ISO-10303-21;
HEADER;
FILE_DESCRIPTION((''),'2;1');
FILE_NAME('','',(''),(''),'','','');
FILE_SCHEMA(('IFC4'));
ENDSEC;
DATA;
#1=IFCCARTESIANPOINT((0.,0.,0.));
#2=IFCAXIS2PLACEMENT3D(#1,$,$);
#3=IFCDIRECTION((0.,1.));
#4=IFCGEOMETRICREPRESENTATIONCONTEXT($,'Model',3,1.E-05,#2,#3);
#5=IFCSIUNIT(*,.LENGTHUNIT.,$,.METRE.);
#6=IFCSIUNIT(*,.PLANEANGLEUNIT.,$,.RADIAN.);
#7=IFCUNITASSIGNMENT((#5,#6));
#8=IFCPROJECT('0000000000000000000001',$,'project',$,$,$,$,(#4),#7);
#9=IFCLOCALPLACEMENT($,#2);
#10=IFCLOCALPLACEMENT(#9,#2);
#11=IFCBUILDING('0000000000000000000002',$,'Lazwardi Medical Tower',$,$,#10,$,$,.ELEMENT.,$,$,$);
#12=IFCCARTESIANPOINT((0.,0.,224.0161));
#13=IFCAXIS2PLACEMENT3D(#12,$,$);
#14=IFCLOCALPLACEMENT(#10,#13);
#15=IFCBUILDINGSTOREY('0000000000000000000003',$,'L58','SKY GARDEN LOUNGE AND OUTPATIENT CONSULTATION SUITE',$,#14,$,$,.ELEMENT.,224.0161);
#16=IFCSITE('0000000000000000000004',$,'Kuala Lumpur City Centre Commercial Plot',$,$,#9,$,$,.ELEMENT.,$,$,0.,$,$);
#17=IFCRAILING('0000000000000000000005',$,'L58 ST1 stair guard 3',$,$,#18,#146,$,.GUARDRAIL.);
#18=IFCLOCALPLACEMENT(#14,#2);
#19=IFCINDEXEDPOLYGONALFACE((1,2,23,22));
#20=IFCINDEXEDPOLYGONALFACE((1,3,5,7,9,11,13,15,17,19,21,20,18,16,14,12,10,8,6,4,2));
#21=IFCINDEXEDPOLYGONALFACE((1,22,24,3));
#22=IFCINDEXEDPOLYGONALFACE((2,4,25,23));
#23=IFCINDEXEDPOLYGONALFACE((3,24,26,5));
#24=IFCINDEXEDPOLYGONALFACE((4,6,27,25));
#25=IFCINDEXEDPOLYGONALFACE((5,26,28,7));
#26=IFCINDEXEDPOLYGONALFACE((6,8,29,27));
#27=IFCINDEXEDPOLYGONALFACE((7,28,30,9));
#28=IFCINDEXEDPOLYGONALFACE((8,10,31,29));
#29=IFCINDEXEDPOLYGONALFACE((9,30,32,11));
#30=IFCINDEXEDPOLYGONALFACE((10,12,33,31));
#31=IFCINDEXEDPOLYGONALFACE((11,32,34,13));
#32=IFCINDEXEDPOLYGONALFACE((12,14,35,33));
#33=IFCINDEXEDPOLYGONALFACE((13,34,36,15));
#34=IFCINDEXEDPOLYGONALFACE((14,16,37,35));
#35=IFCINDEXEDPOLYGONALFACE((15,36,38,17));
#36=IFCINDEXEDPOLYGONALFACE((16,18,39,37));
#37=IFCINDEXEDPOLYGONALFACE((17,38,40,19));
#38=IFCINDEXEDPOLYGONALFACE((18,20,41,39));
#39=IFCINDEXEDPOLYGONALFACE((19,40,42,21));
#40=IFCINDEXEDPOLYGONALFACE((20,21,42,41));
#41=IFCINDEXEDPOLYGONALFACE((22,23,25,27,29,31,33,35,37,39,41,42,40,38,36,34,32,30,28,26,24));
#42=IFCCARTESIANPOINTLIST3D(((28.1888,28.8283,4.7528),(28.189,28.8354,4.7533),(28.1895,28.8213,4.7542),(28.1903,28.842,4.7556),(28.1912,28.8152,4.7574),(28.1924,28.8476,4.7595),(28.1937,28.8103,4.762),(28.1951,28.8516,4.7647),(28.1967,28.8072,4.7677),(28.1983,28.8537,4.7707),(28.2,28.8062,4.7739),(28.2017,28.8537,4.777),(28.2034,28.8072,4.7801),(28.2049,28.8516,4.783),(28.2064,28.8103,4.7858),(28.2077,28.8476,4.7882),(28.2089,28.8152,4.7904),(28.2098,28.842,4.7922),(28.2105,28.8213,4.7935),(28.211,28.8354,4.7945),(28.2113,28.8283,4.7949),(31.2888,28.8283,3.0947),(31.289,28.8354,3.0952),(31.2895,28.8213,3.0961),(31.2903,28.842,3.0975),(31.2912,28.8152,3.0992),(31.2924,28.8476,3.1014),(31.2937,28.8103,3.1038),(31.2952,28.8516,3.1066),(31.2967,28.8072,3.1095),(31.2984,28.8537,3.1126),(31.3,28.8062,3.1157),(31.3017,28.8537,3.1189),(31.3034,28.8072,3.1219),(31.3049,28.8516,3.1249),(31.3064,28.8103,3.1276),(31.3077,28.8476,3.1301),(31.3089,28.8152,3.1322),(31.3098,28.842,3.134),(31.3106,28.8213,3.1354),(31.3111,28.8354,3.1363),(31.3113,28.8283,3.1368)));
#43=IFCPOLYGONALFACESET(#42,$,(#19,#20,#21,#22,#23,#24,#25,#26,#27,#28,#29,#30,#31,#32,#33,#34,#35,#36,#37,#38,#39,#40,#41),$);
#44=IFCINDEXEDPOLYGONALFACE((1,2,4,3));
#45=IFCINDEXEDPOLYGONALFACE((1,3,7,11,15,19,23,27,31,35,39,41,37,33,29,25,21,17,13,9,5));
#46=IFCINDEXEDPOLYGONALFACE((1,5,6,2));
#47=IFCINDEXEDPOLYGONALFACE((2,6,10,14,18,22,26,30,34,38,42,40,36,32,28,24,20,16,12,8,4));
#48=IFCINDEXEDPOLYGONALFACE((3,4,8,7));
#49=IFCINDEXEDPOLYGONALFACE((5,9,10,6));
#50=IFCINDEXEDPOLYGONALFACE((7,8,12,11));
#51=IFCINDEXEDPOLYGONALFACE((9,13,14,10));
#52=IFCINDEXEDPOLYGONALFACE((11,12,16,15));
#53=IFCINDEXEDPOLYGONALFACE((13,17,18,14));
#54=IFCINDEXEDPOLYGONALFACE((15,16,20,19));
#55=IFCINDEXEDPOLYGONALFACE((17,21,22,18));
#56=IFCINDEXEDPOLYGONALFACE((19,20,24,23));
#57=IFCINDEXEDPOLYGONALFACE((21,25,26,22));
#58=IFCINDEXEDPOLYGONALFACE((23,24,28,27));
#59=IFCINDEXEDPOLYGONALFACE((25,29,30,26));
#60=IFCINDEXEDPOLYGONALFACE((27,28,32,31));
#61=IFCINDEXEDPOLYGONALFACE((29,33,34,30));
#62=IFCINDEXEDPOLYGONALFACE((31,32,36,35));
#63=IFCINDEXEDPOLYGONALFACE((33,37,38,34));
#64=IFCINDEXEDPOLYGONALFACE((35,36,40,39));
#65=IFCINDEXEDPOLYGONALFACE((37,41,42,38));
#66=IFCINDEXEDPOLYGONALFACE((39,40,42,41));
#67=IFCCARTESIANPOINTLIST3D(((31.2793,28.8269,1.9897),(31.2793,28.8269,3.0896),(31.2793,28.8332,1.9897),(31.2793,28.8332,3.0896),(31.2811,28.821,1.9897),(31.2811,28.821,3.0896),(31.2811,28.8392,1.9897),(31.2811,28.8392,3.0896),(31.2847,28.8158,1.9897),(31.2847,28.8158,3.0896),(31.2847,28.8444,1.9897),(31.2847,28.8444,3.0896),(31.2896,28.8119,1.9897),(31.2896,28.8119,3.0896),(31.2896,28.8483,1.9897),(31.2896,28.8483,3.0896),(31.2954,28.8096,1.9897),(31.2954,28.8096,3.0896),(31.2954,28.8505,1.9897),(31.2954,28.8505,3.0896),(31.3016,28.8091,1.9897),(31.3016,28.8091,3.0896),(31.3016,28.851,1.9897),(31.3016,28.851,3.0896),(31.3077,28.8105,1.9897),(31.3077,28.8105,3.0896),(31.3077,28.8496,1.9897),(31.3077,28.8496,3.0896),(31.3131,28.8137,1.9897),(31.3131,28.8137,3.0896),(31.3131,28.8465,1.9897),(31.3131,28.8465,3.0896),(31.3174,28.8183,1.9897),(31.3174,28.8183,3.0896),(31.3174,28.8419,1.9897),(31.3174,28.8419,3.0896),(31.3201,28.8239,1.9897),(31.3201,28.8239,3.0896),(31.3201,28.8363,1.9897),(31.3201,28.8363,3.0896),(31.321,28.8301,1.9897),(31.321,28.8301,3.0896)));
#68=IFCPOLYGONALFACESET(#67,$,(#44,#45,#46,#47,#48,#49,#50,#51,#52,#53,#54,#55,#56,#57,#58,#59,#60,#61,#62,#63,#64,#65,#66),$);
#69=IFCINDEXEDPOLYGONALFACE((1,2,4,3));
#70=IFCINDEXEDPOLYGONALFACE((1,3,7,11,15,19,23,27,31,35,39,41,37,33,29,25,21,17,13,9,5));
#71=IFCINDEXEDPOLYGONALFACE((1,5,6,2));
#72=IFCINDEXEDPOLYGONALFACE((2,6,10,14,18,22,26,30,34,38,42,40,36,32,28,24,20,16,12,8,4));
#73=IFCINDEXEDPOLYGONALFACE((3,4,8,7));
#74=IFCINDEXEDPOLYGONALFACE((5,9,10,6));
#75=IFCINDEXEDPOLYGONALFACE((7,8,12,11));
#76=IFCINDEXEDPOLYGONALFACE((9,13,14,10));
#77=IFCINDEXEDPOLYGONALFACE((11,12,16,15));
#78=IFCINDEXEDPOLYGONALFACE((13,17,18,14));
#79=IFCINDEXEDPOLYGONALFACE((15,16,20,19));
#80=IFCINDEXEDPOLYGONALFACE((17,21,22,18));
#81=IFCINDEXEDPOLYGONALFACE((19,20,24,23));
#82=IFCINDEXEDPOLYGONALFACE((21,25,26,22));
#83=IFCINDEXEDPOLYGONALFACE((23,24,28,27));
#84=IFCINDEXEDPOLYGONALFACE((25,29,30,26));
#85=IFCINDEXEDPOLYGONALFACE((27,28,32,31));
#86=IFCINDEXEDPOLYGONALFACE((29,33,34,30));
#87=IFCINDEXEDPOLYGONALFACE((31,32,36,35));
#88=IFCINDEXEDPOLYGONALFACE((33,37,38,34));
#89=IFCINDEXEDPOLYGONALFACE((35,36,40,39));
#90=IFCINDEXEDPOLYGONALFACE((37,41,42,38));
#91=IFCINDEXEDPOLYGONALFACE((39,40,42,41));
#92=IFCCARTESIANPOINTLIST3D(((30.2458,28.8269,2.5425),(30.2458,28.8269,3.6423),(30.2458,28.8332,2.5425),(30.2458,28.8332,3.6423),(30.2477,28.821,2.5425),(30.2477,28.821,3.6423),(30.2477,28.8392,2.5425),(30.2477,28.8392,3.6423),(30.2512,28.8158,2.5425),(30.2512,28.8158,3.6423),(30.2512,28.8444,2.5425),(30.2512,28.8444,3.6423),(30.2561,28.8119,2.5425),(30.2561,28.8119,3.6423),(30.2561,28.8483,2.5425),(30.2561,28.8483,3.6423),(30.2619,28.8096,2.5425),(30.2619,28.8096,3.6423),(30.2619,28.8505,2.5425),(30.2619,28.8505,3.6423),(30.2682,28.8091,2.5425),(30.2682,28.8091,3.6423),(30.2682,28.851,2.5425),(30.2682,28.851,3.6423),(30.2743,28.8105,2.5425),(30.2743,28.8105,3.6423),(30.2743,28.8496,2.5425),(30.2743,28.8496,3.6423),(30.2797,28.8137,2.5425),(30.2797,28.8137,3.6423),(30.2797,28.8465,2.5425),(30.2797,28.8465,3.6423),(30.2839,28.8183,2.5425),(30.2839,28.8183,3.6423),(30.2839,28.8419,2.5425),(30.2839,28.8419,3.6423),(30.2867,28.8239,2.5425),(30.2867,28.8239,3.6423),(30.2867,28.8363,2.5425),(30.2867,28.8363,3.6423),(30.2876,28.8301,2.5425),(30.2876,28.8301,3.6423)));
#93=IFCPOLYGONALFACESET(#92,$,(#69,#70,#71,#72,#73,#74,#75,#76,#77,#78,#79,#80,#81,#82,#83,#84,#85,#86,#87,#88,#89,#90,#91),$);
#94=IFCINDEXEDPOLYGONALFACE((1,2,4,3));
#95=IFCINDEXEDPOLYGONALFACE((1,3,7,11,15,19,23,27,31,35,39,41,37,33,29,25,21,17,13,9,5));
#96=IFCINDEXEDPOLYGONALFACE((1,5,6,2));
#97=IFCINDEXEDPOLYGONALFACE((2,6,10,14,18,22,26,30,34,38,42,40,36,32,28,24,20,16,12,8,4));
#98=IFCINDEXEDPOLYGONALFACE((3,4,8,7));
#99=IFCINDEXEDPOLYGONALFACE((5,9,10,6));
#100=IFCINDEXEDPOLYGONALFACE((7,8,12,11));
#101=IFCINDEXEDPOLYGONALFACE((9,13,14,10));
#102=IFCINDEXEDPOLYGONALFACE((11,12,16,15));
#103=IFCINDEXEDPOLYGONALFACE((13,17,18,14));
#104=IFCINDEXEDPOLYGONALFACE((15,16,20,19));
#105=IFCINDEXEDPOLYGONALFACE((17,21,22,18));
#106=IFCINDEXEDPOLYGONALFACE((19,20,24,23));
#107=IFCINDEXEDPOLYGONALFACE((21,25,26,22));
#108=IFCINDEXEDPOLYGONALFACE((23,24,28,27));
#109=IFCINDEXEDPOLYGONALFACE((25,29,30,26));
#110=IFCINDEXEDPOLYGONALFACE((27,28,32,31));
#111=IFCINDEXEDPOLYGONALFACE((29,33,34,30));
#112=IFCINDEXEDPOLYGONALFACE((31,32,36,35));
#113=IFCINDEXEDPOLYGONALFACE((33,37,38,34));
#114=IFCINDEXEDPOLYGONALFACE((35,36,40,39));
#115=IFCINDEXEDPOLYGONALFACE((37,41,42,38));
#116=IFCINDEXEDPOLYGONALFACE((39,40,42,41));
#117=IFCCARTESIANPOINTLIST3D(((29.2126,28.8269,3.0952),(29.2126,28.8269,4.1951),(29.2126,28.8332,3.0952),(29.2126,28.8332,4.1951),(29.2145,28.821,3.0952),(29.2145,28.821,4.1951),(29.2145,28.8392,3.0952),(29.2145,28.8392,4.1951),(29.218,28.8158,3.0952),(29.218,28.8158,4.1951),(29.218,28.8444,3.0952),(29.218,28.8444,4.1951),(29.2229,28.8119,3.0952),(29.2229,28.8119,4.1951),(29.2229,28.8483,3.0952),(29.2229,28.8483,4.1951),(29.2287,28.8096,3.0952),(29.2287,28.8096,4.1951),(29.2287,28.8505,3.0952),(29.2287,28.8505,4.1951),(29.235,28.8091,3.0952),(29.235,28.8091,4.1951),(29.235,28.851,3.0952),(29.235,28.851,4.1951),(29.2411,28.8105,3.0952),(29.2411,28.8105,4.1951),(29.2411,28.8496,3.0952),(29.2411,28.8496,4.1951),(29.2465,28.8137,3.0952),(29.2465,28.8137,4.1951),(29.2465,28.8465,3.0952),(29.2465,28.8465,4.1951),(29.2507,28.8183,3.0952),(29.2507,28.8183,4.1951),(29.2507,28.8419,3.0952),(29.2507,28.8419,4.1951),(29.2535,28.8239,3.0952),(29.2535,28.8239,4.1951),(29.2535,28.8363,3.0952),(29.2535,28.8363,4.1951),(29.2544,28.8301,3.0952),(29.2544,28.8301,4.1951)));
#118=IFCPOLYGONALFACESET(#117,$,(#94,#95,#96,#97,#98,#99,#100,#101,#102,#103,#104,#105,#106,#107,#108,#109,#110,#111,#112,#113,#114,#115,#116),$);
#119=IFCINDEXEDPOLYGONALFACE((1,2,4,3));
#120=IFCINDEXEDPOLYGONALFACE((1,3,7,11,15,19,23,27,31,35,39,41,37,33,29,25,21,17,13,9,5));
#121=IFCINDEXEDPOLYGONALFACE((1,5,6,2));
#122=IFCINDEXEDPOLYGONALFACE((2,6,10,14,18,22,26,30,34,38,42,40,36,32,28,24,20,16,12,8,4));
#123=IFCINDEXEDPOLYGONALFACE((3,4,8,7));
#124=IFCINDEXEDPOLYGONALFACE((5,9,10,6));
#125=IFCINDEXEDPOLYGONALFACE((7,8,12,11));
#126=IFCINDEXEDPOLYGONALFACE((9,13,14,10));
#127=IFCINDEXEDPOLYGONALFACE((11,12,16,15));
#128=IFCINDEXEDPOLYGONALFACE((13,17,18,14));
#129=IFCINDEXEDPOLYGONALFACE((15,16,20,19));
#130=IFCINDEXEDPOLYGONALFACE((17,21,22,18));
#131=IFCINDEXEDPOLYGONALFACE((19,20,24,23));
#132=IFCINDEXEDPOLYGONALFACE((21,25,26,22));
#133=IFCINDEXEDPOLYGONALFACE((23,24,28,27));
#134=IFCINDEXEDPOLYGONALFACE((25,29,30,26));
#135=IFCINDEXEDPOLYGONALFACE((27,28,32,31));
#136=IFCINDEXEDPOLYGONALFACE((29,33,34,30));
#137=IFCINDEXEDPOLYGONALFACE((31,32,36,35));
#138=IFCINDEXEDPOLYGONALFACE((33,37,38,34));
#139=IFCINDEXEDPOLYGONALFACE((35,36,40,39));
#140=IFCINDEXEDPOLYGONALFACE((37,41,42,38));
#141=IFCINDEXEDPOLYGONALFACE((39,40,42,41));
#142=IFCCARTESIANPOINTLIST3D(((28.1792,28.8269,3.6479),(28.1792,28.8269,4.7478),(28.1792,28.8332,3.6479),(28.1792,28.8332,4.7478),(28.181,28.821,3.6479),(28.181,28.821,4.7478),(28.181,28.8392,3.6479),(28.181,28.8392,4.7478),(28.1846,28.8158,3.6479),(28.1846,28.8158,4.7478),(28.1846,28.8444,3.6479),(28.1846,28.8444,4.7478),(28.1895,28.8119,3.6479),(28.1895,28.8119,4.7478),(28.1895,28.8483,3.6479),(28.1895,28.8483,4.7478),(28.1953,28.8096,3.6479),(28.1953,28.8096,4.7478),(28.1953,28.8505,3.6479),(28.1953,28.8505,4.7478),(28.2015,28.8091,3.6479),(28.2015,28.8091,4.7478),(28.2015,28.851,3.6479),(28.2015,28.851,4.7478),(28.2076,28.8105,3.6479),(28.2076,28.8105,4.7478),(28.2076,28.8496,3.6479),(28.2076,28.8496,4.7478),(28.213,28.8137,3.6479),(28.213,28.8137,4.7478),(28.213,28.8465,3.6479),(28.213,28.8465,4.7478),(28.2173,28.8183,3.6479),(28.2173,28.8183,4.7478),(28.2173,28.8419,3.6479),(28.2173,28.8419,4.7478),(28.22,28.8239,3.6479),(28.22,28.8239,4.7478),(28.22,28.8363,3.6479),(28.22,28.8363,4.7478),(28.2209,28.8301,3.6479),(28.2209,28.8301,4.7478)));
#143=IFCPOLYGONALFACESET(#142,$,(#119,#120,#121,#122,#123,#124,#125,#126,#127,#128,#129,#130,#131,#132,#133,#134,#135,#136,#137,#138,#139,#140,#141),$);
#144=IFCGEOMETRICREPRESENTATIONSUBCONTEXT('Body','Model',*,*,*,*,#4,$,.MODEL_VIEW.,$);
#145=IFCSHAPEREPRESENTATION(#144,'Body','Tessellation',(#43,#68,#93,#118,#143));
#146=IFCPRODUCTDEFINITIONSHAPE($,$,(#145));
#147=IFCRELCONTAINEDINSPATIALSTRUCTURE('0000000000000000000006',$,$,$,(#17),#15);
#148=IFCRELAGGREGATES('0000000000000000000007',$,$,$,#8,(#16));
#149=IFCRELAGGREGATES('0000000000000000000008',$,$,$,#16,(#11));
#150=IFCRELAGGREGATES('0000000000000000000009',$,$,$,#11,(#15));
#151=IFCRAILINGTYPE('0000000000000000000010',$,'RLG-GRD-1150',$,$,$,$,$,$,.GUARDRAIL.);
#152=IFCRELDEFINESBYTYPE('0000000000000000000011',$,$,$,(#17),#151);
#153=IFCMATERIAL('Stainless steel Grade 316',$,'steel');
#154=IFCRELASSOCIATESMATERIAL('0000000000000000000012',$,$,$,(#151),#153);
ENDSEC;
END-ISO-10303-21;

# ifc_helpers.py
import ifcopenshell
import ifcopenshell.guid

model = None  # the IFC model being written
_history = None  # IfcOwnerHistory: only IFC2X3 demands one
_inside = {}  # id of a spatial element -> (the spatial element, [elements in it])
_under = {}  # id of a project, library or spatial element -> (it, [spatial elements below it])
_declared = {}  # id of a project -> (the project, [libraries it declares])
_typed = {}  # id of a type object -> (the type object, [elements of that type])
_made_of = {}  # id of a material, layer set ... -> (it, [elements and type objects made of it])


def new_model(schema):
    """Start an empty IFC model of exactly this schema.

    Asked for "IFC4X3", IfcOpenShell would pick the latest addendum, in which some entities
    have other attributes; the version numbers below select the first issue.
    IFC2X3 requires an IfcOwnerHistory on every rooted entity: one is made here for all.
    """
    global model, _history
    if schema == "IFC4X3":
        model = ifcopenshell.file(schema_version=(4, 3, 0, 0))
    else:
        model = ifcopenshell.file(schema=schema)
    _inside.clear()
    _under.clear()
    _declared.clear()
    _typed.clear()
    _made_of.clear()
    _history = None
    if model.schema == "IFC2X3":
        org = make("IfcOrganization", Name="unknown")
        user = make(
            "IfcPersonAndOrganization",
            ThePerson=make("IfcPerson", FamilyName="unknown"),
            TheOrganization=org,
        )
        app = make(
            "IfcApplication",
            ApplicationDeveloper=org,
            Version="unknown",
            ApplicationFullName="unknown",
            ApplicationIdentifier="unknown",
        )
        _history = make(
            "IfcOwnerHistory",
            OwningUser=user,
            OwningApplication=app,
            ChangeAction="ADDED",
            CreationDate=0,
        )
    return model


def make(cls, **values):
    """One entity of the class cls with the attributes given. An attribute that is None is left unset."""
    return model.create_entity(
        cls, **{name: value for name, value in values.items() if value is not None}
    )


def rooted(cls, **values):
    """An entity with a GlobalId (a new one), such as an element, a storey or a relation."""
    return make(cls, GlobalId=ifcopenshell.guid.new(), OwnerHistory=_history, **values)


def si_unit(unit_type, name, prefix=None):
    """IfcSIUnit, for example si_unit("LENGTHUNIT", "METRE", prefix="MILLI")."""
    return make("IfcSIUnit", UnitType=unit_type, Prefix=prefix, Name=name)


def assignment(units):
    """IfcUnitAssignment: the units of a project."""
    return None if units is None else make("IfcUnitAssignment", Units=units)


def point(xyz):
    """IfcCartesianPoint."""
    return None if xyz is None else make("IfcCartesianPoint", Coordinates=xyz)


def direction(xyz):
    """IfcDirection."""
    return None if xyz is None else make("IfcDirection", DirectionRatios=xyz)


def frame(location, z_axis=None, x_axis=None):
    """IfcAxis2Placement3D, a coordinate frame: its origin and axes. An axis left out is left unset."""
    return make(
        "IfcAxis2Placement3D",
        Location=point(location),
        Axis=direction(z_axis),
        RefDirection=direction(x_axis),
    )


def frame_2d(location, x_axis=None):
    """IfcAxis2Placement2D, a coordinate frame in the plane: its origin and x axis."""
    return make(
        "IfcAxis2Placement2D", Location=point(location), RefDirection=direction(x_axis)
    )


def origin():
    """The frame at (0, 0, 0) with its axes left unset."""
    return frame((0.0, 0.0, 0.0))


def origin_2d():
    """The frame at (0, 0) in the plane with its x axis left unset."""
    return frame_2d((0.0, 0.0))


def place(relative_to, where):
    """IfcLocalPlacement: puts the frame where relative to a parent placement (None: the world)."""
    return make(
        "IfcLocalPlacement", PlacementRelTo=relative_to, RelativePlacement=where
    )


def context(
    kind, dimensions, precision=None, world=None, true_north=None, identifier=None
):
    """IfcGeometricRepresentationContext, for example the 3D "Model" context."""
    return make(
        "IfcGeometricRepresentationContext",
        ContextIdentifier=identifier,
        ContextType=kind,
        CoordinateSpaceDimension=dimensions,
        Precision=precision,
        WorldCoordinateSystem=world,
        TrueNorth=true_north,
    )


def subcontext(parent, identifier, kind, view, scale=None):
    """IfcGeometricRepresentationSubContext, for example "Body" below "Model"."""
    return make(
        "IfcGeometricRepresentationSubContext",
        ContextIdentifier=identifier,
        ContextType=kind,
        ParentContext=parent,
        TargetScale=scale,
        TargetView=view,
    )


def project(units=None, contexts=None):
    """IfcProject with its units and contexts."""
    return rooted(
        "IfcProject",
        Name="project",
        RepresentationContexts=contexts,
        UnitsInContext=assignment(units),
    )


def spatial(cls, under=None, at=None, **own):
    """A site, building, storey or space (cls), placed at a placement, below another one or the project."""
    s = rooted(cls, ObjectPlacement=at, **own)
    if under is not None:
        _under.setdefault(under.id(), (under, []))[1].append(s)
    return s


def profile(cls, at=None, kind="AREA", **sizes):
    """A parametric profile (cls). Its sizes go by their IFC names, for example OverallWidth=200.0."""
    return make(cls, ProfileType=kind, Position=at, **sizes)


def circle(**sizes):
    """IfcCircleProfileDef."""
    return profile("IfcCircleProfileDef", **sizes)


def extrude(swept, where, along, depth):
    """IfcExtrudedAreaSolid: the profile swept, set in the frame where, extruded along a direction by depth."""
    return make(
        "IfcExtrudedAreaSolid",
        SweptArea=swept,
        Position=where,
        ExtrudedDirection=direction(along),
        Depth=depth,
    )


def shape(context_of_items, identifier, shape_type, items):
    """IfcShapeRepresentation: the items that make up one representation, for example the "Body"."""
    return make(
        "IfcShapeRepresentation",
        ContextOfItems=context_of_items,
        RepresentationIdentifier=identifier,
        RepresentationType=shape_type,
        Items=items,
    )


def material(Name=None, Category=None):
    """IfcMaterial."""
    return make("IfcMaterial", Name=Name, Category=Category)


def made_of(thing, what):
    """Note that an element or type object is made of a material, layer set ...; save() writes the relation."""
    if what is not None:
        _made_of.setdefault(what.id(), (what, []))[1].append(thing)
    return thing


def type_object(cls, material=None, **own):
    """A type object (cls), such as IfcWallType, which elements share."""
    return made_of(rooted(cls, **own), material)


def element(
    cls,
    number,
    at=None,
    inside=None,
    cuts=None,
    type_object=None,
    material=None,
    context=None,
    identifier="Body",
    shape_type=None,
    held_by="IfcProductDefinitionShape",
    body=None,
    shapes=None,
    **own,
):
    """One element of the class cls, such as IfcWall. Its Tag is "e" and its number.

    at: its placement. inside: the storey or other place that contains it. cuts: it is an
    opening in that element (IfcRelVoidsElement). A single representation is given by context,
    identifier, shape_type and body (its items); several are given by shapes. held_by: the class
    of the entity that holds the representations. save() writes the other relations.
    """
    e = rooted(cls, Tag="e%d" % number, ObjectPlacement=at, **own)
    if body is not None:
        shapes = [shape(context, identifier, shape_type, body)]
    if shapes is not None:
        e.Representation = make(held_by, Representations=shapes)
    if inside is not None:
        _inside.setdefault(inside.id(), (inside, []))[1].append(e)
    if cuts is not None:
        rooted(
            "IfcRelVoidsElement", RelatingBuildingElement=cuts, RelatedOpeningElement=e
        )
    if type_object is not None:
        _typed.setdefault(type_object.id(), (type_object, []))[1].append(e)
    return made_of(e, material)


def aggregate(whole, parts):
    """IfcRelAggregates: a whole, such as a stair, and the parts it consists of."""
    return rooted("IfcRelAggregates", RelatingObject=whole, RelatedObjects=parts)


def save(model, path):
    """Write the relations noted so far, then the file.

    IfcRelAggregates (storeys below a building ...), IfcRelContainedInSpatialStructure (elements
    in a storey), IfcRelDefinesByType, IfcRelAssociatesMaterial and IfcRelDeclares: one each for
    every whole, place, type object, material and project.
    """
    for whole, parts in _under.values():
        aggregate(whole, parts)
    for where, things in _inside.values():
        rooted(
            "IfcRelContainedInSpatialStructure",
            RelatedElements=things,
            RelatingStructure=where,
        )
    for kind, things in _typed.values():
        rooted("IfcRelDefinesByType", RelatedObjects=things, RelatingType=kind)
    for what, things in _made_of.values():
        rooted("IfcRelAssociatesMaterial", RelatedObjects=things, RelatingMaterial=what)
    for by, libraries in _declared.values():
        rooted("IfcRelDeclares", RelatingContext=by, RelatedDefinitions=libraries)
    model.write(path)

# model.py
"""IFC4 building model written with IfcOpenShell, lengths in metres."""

from ifc_helpers import new_model, si_unit, direction, frame, origin, origin_2d, place, context, subcontext, project, spatial, circle, extrude, material, type_object, element, save


model = new_model("IFC4")

# Units and contexts
model_context = context("Model", 3, precision=1e-05, world=origin(), true_north=direction((0.0, 1.0)))
body_context = subcontext(model_context, "Body", "Model", "MODEL_VIEW")
ifc_project = project(units=[si_unit("LENGTHUNIT", "METRE"), si_unit("PLANEANGLEUNIT", "RADIAN")], contexts=[model_context])

# Site, building, storey
site_placement = place(None, origin())
site = spatial("IfcSite", under=ifc_project, at=site_placement, Name="Kuala Lumpur City Centre Commercial Plot", CompositionType="ELEMENT", RefElevation=0.0)
building_placement = place(site_placement, origin())
building = spatial("IfcBuilding", under=site, at=building_placement, Name="Lazwardi Medical Tower", CompositionType="ELEMENT")
storey_placement = place(building_placement, frame((0.0, 0.0, 224.0161)))
storey = spatial("IfcBuildingStorey", under=building, at=storey_placement, Name="L58", Description="SKY GARDEN LOUNGE AND OUTPATIENT CONSULTATION SUITE", CompositionType="ELEMENT", Elevation=224.0161)

# Railing
ifc_material_1 = material(Name="Stainless steel Grade 316", Category="steel")
railing_type_1 = type_object("IfcRailingType", Name="RLG-GRD-1150", PredefinedType="GUARDRAIL", material=ifc_material_1)
railing_1_placement = place(storey_placement, frame((31.3, 28.8301, 1.9897)))
element("IfcRailing", 1, at=railing_1_placement, inside=storey, type_object=railing_type_1, Name="L58 ST1 stair guard 3", PredefinedType="GUARDRAIL", context=body_context, shape_type="SweptSolid", body=[
    extrude(circle(Radius=0.0239, at=origin_2d()), frame((0.0, 0.0, 1.126), z_axis=(-0.881783, 0.0, 0.471655), x_axis=(0.0, -1.0, 0.0)), (0.0, 0.0, 1.0), 3.5156),
    extrude(circle(Radius=0.021, at=origin_2d()), origin(), (0.0, 0.0, 1.0), 1.0999),
    extrude(circle(Radius=0.021, at=origin_2d()), frame((-1.0334, 0.0, 0.5527)), (0.0, 0.0, 1.0), 1.0999),
    extrude(circle(Radius=0.021, at=origin_2d()), frame((-2.0667, 0.0, 1.1055)), (0.0, 0.0, 1.0), 1.0999),
    extrude(circle(Radius=0.021, at=origin_2d()), frame((-3.1001, 0.0, 1.6582)), (0.0, 0.0, 1.0), 1.0999),
])

save(model, "model.ifc")
